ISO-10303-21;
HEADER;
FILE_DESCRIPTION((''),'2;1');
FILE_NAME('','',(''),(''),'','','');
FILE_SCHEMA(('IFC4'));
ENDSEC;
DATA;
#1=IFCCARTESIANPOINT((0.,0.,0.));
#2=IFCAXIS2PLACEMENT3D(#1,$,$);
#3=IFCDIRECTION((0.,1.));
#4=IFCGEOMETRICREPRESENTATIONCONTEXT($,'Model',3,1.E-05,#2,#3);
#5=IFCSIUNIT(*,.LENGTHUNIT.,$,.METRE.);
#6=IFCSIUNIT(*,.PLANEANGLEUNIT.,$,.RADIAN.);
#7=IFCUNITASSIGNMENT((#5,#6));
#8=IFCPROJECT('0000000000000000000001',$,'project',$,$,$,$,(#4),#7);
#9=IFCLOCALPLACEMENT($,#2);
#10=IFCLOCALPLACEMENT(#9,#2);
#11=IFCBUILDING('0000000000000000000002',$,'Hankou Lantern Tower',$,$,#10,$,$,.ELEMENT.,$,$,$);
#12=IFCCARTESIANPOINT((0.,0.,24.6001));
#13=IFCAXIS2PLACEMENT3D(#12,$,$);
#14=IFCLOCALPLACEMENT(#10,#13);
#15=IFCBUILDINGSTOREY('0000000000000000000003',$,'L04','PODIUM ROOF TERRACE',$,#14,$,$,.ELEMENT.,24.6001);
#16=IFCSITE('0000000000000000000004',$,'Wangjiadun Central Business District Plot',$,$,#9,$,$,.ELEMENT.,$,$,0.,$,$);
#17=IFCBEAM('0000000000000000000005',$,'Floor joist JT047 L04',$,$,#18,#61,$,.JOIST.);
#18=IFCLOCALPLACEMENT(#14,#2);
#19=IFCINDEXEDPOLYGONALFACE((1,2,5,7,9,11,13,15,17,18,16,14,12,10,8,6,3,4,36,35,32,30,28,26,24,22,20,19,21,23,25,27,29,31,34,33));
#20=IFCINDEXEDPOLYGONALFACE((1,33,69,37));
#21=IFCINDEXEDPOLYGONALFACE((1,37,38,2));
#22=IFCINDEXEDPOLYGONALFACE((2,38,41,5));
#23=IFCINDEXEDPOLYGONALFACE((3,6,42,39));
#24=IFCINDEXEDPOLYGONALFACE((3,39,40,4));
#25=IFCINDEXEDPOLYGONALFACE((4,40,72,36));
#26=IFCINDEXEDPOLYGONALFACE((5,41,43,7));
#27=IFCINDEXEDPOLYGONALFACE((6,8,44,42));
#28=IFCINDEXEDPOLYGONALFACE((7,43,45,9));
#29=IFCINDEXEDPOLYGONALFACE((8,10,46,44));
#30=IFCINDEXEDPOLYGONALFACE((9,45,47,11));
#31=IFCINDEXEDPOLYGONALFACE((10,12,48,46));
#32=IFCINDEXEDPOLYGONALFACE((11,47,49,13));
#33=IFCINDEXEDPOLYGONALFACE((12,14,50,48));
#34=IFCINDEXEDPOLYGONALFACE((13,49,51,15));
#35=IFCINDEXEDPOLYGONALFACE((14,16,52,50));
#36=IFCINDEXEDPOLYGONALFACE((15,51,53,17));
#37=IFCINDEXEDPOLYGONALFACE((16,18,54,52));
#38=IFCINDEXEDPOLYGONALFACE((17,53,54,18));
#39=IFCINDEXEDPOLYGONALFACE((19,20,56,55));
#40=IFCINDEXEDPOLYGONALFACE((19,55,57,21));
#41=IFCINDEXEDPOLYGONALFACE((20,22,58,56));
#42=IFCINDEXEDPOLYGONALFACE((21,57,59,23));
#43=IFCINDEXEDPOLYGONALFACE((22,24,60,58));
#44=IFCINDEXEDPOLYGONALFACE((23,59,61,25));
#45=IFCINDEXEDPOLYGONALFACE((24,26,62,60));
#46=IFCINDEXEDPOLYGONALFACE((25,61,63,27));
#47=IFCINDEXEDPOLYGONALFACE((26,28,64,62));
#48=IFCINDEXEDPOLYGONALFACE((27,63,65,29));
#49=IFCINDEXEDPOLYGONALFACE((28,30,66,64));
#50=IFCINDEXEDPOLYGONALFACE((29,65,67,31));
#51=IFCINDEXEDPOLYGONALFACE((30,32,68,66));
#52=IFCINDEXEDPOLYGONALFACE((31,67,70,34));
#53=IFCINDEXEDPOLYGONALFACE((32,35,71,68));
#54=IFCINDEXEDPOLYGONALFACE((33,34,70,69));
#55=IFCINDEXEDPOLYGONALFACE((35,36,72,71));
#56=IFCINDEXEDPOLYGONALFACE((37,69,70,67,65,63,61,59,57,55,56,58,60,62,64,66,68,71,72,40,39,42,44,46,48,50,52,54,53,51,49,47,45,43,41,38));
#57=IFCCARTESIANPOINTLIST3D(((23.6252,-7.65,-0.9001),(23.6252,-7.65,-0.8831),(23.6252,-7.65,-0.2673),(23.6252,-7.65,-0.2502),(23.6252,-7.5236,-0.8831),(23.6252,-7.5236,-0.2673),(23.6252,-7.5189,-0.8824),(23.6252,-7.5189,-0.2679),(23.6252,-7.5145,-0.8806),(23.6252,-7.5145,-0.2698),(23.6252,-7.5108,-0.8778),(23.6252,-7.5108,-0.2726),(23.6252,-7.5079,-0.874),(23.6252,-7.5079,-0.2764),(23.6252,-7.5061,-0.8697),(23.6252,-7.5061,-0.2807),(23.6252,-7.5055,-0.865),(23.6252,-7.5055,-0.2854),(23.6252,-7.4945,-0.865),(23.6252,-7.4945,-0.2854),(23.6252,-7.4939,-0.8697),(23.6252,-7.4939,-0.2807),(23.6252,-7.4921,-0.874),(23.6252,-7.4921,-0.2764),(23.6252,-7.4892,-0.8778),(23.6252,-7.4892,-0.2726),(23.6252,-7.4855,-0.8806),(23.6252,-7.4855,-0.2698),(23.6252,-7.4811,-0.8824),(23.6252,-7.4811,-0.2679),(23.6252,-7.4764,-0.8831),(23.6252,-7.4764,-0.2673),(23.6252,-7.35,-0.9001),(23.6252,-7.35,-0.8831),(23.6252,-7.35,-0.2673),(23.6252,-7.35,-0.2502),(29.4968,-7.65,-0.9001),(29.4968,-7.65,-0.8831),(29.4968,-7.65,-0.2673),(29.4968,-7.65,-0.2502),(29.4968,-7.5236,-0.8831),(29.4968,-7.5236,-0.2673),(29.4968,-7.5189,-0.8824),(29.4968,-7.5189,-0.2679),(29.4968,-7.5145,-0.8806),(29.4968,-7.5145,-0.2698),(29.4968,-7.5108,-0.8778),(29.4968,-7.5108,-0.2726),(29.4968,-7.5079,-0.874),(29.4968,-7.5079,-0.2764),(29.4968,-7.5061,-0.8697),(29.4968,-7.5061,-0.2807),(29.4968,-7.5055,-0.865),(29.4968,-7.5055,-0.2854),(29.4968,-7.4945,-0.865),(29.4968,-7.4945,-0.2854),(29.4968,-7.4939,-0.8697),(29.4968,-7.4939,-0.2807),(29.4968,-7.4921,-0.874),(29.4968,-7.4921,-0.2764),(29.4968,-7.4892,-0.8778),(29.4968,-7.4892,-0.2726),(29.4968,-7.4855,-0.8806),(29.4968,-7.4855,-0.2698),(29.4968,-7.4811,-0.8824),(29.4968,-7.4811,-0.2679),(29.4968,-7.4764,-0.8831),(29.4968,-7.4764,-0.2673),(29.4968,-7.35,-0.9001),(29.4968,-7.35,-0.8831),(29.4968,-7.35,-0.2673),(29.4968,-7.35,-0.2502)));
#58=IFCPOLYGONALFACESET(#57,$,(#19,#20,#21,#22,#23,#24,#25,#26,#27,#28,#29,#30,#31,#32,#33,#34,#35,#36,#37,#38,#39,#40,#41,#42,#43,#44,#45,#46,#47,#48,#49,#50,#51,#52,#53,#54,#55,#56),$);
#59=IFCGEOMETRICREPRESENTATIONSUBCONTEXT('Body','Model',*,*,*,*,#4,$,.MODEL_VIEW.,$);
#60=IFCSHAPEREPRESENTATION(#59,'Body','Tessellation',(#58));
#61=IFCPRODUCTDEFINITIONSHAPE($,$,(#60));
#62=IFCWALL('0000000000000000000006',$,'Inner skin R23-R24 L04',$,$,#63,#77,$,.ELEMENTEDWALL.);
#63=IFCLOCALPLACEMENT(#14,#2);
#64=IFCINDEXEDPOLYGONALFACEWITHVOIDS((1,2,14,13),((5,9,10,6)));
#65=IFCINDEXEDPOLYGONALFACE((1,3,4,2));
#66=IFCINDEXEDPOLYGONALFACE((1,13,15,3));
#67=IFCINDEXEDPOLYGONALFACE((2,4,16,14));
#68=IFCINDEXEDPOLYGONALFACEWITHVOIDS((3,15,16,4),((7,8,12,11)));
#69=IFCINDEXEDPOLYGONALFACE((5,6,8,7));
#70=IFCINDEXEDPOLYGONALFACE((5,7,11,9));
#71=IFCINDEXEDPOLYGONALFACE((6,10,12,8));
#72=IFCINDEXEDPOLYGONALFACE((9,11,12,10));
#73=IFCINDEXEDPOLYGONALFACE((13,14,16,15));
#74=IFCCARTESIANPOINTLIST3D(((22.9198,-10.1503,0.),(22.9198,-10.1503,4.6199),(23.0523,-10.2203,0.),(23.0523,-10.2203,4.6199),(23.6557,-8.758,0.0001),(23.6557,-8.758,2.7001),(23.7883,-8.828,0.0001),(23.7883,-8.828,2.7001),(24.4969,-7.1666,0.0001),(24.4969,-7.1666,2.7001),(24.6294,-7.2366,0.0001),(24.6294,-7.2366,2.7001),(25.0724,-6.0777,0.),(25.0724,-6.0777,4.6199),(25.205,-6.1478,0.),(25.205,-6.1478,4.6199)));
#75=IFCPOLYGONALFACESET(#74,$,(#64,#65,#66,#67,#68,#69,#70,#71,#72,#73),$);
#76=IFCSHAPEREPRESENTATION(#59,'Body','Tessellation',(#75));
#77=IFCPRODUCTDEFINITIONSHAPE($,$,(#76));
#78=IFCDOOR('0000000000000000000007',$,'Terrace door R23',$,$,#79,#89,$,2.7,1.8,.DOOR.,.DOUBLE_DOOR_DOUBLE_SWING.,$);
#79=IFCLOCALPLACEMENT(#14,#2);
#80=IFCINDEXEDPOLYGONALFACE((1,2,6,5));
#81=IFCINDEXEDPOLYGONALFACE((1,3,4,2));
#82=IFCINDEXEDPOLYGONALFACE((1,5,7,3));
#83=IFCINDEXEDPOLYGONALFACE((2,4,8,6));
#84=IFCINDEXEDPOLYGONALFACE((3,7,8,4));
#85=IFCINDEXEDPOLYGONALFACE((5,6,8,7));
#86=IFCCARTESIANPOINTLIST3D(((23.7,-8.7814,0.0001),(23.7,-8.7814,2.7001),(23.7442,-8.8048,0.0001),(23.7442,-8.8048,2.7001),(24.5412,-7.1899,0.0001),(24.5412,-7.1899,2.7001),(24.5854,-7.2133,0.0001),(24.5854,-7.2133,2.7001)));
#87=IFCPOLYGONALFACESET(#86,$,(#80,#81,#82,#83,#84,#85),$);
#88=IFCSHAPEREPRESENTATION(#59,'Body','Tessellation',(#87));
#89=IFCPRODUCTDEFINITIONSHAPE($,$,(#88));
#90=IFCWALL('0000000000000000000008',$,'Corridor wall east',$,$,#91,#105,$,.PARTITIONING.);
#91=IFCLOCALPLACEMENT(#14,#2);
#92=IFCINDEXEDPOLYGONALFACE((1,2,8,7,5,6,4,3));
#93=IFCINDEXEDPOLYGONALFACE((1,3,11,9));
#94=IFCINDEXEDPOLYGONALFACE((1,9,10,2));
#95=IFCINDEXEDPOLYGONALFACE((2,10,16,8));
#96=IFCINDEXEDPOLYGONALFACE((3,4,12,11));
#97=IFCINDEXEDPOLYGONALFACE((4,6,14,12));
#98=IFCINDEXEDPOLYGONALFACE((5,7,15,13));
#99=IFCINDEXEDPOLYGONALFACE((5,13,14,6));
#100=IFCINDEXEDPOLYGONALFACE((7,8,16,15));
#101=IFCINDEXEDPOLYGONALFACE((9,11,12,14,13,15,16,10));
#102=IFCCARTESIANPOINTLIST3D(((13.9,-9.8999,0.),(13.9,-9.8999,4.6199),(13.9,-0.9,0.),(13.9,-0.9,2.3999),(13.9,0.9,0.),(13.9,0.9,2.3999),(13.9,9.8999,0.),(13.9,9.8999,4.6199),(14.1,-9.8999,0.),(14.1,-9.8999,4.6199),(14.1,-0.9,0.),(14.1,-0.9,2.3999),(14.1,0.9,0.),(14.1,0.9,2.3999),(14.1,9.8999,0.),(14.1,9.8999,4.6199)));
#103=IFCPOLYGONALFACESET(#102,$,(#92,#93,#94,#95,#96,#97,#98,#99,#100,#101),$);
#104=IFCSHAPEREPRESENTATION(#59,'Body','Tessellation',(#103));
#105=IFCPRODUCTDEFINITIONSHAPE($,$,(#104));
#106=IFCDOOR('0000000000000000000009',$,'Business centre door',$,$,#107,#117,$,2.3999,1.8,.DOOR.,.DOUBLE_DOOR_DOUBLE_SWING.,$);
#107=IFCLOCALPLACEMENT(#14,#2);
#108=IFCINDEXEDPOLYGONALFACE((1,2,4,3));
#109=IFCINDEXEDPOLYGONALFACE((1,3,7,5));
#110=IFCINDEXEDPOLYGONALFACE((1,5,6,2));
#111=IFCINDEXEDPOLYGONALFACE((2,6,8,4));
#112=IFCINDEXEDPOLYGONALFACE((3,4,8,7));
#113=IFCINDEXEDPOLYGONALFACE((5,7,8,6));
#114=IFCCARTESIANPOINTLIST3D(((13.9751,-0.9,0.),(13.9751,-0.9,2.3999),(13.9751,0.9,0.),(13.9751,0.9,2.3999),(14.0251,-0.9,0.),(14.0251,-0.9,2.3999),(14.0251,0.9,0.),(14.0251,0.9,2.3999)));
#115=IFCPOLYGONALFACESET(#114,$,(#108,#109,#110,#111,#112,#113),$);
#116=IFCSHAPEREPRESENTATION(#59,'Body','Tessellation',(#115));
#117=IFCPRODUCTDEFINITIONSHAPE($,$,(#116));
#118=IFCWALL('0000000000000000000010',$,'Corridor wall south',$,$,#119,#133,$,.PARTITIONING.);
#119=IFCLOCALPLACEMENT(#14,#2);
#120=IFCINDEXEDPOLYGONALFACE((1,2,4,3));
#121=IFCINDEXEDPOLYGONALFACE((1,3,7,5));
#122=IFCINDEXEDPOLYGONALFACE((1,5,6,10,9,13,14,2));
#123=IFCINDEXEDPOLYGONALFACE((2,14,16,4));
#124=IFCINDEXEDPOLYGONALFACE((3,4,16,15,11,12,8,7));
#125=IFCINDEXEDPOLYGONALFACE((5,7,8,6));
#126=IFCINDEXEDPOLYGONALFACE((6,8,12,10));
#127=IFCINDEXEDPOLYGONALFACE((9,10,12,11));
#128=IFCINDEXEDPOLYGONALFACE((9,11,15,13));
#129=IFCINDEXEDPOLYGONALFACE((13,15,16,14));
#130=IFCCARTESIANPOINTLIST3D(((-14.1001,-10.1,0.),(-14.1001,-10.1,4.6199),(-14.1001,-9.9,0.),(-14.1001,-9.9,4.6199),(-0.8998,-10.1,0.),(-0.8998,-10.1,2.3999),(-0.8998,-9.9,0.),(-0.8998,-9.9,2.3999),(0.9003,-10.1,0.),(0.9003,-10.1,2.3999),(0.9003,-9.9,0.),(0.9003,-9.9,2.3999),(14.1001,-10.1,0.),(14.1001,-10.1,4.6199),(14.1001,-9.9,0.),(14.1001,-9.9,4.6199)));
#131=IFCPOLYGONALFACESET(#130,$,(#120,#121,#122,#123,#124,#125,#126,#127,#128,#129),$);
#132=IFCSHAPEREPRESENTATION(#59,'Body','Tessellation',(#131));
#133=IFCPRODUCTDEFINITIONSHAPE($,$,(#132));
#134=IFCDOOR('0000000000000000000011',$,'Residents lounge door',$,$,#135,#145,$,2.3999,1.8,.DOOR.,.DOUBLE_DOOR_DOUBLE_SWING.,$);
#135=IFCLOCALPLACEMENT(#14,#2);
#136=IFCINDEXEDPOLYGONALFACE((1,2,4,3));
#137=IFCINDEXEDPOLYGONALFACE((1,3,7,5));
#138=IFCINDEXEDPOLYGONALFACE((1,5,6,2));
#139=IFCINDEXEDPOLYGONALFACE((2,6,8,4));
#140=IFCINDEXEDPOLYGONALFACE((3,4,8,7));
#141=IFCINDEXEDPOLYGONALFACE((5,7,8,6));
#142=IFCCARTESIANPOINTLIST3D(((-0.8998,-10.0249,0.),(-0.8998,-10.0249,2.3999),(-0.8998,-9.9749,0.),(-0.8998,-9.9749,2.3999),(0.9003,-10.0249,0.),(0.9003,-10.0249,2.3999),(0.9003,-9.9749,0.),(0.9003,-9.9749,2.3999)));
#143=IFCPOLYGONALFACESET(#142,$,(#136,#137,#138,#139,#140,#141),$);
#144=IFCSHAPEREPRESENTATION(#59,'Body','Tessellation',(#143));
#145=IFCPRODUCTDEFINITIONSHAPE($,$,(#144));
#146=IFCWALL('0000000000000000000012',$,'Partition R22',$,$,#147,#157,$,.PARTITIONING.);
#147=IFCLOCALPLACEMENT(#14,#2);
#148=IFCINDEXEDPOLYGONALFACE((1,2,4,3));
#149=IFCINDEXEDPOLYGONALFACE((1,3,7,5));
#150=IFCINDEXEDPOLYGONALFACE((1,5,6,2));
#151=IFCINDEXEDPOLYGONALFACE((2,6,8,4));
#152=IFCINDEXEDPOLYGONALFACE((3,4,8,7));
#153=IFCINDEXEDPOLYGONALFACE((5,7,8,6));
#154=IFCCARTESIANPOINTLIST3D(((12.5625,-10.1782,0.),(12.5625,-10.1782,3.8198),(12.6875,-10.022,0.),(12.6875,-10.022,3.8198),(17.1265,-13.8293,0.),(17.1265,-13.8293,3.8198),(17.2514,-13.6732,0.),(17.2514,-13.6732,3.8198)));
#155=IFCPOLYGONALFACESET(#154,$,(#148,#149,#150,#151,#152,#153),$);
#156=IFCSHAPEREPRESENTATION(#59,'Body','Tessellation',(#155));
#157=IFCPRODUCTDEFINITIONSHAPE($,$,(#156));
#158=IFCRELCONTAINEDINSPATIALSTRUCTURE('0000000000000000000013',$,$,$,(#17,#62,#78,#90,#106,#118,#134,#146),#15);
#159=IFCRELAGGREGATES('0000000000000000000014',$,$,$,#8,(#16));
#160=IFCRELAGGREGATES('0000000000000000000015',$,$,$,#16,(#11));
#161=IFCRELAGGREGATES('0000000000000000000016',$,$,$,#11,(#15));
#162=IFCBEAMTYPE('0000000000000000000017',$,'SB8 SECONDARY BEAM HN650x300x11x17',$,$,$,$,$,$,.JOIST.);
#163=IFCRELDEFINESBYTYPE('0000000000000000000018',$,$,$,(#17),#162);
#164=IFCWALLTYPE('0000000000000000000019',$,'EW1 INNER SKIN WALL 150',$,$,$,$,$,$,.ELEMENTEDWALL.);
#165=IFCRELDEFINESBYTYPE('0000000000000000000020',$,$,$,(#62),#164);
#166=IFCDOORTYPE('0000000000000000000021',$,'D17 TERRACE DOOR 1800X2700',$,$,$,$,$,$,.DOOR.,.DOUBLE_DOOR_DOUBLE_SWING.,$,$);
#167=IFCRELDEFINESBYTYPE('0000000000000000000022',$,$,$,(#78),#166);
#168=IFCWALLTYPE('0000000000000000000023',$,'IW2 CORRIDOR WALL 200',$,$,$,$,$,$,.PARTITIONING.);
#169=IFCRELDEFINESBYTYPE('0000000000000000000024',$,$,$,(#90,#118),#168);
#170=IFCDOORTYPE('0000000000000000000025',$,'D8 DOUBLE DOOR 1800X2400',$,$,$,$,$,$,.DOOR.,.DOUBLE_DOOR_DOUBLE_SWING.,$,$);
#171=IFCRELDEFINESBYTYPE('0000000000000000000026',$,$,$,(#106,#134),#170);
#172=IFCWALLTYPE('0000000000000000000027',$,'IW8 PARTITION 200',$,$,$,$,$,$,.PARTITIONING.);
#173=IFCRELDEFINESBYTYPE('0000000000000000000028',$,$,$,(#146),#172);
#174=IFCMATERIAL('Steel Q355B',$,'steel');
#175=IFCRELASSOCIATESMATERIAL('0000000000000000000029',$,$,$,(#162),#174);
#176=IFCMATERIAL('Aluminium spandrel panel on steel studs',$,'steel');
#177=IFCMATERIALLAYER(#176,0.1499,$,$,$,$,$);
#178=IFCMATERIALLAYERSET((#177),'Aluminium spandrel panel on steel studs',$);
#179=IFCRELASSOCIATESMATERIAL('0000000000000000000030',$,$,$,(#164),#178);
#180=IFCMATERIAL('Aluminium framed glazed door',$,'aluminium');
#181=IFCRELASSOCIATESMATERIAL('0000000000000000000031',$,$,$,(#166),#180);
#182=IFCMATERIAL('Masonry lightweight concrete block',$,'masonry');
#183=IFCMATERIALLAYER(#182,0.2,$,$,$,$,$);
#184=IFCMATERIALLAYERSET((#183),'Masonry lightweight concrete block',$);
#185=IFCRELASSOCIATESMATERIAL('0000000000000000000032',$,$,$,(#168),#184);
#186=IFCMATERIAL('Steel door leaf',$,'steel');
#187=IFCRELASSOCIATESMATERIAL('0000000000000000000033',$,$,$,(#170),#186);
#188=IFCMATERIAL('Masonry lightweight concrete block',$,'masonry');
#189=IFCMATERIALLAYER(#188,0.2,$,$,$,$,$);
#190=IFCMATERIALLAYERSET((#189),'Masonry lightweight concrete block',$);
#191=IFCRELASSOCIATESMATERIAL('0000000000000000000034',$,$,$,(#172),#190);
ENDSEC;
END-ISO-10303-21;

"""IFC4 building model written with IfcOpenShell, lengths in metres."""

from ifc_helpers import new_model, si_unit, direction, frame, frame_2d, origin, origin_2d, place, context, subcontext, project, spatial, rectangle, i_section, extrude, material, layer, layer_set, material_profile, profile_set, type_object, element, fill, save


model = new_model("IFC4")

# Units and contexts
model_context = context("Model", 3, precision=1e-05, world=origin(), true_north=direction((0.0, 1.0)))
body_context = subcontext(model_context, "Body", "Model", "MODEL_VIEW")
ifc_project = project(units=[si_unit("LENGTHUNIT", "METRE"), si_unit("PLANEANGLEUNIT", "RADIAN")], contexts=[model_context])

# Site, building, storey
site_placement = place(None, origin())
site = spatial("IfcSite", under=ifc_project, at=site_placement, Name="Wangjiadun Central Business District Plot", CompositionType="ELEMENT", RefElevation=0.0)
building_placement = place(site_placement, origin())
building = spatial("IfcBuilding", under=site, at=building_placement, Name="Hankou Lantern Tower", CompositionType="ELEMENT")
storey_placement = place(building_placement, frame((0.0, 0.0, 24.6001)))
storey = spatial("IfcBuildingStorey", under=building, at=storey_placement, Name="L04", Description="PODIUM ROOF TERRACE", CompositionType="ELEMENT", Elevation=24.6001)

# Beam
ifc_material_1 = material(Name="Steel Q355B", Category="steel")
ifc_material_profile_1 = material_profile(ifc_material_1, i_section(OverallWidth=0.3, OverallDepth=0.6499, WebThickness=0.011, FlangeThickness=0.0171, FilletRadius=0.0181, at=origin_2d()), Name="HN650x300x11x17")
ifc_profile_set_1 = profile_set([ifc_material_profile_1], Name="Steel Q355B")
beam_type_1 = type_object("IfcBeamType", Name="SB8 SECONDARY BEAM HN650x300x11x17", PredefinedType="JOIST", material=ifc_profile_set_1)
beam_1_placement = place(storey_placement, frame((23.6252, -7.5, -0.5752), z_axis=(1.0, 0.0, 0.0), x_axis=(0.0, 1.0, 0.0)))
element("IfcBeam", 1, at=beam_1_placement, inside=storey, type_object=beam_type_1, Name="Floor joist JT047 L04", PredefinedType="JOIST", context=body_context, shape_type="SweptSolid", body=[
    extrude(i_section(OverallWidth=0.3, OverallDepth=0.6499, WebThickness=0.011, FlangeThickness=0.0171, FilletRadius=0.0181, at=origin_2d()), origin(), (0.0, 0.0, 1.0), 5.8716),
])

# Walls, openings, doors
ifc_material_2 = material(Name="Aluminium spandrel panel on steel studs", Category="steel")
ifc_layer_1 = layer(ifc_material_2, 0.1499)
ifc_layer_set_1 = layer_set([ifc_layer_1], Name="Aluminium spandrel panel on steel studs")
wall_type_1 = type_object("IfcWallType", Name="EW1 INNER SKIN WALL 150", PredefinedType="ELEMENTEDWALL", material=ifc_layer_set_1)
wall_1_placement = place(storey_placement, frame((22.9861, -10.1853, 0.0), z_axis=(0.0, 0.0, 1.0), x_axis=(0.467303, 0.884097, 0.0)))
wall_1 = element("IfcWall", 2, at=wall_1_placement, inside=storey, type_object=wall_type_1, Name="Inner skin R23-R24 L04", PredefinedType="ELEMENTEDWALL", context=body_context, shape_type="SweptSolid", body=[
    extrude(rectangle(XDim=4.6064, YDim=0.1499, at=frame_2d((2.3032, 0.0))), origin(), (0.0, 0.0, 1.0), 4.6199),
])
opening_1_placement = place(wall_1_placement, frame((1.575, 0.0, 0.0)))
opening_1 = element("IfcOpeningElement", 3, at=opening_1_placement, cuts=wall_1, PredefinedType="OPENING", context=body_context, shape_type="SweptSolid", body=[
    extrude(rectangle(XDim=1.8, YDim=2.7, at=frame_2d((0.8999, 1.3501))), frame((0.0, 0.085, 0.0), z_axis=(0.0, -1.0, 0.0), x_axis=(1.0, 0.0, 0.0)), (0.0, 0.0, 1.0), 0.1699),
])
ifc_material_3 = material(Name="Aluminium framed glazed door", Category="aluminium")
door_type_1 = type_object("IfcDoorType", Name="D17 TERRACE DOOR 1800X2700", OperationType="DOUBLE_DOOR_DOUBLE_SWING", PredefinedType="DOOR", material=ifc_material_3)
door_1_placement = place(opening_1_placement, origin())
door_1 = element("IfcDoor", 4, at=door_1_placement, inside=storey, type_object=door_type_1, Name="Terrace door R23", OperationType="DOUBLE_DOOR_DOUBLE_SWING", OverallHeight=2.7, OverallWidth=1.8, PredefinedType="DOOR", context=body_context, shape_type="SweptSolid", body=[
    extrude(rectangle(XDim=1.8, YDim=2.7, at=frame_2d((0.8999, 1.3501))), frame((0.0, 0.0249, 0.0), z_axis=(0.0, -1.0, 0.0), x_axis=(1.0, 0.0, 0.0)), (0.0, 0.0, 1.0), 0.05),
])
fill(opening_1, door_1)
ifc_material_4 = material(Name="Masonry lightweight concrete block", Category="masonry")
ifc_layer_2 = layer(ifc_material_4, 0.2)
ifc_layer_set_2 = layer_set([ifc_layer_2], Name="Masonry lightweight concrete block")
wall_type_2 = type_object("IfcWallType", Name="IW2 CORRIDOR WALL 200", PredefinedType="PARTITIONING", material=ifc_layer_set_2)
wall_2_placement = place(storey_placement, frame((14.0, -9.8999, 0.0), z_axis=(0.0, 0.0, 1.0), x_axis=(0.0, 1.0, 0.0)))
wall_2 = element("IfcWall", 5, at=wall_2_placement, inside=storey, type_object=wall_type_2, Name="Corridor wall east", PredefinedType="PARTITIONING", context=body_context, shape_type="SweptSolid", body=[
    extrude(rectangle(XDim=19.7998, YDim=0.2, at=frame_2d((9.8999, 0.0))), origin(), (0.0, 0.0, 1.0), 4.6199),
])
opening_2_placement = place(wall_2_placement, frame((9.0, 0.0, 0.0)))
opening_2 = element("IfcOpeningElement", 6, at=opening_2_placement, cuts=wall_2, PredefinedType="OPENING", context=body_context, shape_type="SweptSolid", body=[
    extrude(rectangle(XDim=1.8, YDim=2.3999, at=frame_2d((0.8999, 1.2))), frame((0.0, 0.1099, 0.0), z_axis=(0.0, -1.0, 0.0), x_axis=(1.0, 0.0, 0.0)), (0.0, 0.0, 1.0), 0.22),
])
ifc_material_5 = material(Name="Steel door leaf", Category="steel")
door_type_2 = type_object("IfcDoorType", Name="D8 DOUBLE DOOR 1800X2400", OperationType="DOUBLE_DOOR_DOUBLE_SWING", PredefinedType="DOOR", material=ifc_material_5)
door_2_placement = place(opening_2_placement, origin())
door_2 = element("IfcDoor", 7, at=door_2_placement, inside=storey, type_object=door_type_2, Name="Business centre door", OperationType="DOUBLE_DOOR_DOUBLE_SWING", OverallHeight=2.3999, OverallWidth=1.8, PredefinedType="DOOR", context=body_context, shape_type="SweptSolid", body=[
    extrude(rectangle(XDim=1.8, YDim=2.3999, at=frame_2d((0.8999, 1.2))), frame((0.0, 0.0249, 0.0), z_axis=(0.0, -1.0, 0.0), x_axis=(1.0, 0.0, 0.0)), (0.0, 0.0, 1.0), 0.05),
])
fill(opening_2, door_2)
wall_3_placement = place(storey_placement, frame((14.1001, -10.0, 0.0), z_axis=(0.0, 0.0, 1.0), x_axis=(-1.0, 0.0, 0.0)))
wall_3 = element("IfcWall", 8, at=wall_3_placement, inside=storey, type_object=wall_type_2, Name="Corridor wall south", PredefinedType="PARTITIONING", context=body_context, shape_type="SweptSolid", body=[
    extrude(rectangle(XDim=28.2002, YDim=0.2, at=frame_2d((14.1001, 0.0))), origin(), (0.0, 0.0, 1.0), 4.6199),
])
opening_3_placement = place(wall_3_placement, frame((13.2, 0.0, 0.0)))
opening_3 = element("IfcOpeningElement", 9, at=opening_3_placement, cuts=wall_3, PredefinedType="OPENING", context=body_context, shape_type="SweptSolid", body=[
    extrude(rectangle(XDim=1.8, YDim=2.3999, at=frame_2d((0.8999, 1.2))), frame((0.0, 0.1099, 0.0), z_axis=(0.0, -1.0, 0.0), x_axis=(1.0, 0.0, 0.0)), (0.0, 0.0, 1.0), 0.22),
])
door_3_placement = place(opening_3_placement, origin())
door_3 = element("IfcDoor", 10, at=door_3_placement, inside=storey, type_object=door_type_2, Name="Residents lounge door", OperationType="DOUBLE_DOOR_DOUBLE_SWING", OverallHeight=2.3999, OverallWidth=1.8, PredefinedType="DOOR", context=body_context, shape_type="SweptSolid", body=[
    extrude(rectangle(XDim=1.8, YDim=2.3999, at=frame_2d((0.8999, 1.2))), frame((0.0, 0.0249, 0.0), z_axis=(0.0, -1.0, 0.0), x_axis=(1.0, 0.0, 0.0)), (0.0, 0.0, 1.0), 0.05),
])
fill(opening_3, door_3)

# Wall
ifc_material_6 = material(Name="Masonry lightweight concrete block", Category="masonry")
ifc_layer_3 = layer(ifc_material_6, 0.2)
ifc_layer_set_3 = layer_set([ifc_layer_3], Name="Masonry lightweight concrete block")
wall_type_3 = type_object("IfcWallType", Name="IW8 PARTITION 200", PredefinedType="PARTITIONING", material=ifc_layer_set_3)
wall_4_placement = place(storey_placement, frame((12.625, -10.1001, 0.0), z_axis=(0.0, 0.0, 1.0), x_axis=(0.780873, -0.62469, 0.0)))
element("IfcWall", 11, at=wall_4_placement, inside=storey, type_object=wall_type_3, Name="Partition R22", PredefinedType="PARTITIONING", context=body_context, shape_type="SweptSolid", body=[
    extrude(rectangle(XDim=5.8447, YDim=0.2, at=frame_2d((2.9224, 0.0))), origin(), (0.0, 0.0, 1.0), 3.8198),
])

save(model, "model.ifc")
